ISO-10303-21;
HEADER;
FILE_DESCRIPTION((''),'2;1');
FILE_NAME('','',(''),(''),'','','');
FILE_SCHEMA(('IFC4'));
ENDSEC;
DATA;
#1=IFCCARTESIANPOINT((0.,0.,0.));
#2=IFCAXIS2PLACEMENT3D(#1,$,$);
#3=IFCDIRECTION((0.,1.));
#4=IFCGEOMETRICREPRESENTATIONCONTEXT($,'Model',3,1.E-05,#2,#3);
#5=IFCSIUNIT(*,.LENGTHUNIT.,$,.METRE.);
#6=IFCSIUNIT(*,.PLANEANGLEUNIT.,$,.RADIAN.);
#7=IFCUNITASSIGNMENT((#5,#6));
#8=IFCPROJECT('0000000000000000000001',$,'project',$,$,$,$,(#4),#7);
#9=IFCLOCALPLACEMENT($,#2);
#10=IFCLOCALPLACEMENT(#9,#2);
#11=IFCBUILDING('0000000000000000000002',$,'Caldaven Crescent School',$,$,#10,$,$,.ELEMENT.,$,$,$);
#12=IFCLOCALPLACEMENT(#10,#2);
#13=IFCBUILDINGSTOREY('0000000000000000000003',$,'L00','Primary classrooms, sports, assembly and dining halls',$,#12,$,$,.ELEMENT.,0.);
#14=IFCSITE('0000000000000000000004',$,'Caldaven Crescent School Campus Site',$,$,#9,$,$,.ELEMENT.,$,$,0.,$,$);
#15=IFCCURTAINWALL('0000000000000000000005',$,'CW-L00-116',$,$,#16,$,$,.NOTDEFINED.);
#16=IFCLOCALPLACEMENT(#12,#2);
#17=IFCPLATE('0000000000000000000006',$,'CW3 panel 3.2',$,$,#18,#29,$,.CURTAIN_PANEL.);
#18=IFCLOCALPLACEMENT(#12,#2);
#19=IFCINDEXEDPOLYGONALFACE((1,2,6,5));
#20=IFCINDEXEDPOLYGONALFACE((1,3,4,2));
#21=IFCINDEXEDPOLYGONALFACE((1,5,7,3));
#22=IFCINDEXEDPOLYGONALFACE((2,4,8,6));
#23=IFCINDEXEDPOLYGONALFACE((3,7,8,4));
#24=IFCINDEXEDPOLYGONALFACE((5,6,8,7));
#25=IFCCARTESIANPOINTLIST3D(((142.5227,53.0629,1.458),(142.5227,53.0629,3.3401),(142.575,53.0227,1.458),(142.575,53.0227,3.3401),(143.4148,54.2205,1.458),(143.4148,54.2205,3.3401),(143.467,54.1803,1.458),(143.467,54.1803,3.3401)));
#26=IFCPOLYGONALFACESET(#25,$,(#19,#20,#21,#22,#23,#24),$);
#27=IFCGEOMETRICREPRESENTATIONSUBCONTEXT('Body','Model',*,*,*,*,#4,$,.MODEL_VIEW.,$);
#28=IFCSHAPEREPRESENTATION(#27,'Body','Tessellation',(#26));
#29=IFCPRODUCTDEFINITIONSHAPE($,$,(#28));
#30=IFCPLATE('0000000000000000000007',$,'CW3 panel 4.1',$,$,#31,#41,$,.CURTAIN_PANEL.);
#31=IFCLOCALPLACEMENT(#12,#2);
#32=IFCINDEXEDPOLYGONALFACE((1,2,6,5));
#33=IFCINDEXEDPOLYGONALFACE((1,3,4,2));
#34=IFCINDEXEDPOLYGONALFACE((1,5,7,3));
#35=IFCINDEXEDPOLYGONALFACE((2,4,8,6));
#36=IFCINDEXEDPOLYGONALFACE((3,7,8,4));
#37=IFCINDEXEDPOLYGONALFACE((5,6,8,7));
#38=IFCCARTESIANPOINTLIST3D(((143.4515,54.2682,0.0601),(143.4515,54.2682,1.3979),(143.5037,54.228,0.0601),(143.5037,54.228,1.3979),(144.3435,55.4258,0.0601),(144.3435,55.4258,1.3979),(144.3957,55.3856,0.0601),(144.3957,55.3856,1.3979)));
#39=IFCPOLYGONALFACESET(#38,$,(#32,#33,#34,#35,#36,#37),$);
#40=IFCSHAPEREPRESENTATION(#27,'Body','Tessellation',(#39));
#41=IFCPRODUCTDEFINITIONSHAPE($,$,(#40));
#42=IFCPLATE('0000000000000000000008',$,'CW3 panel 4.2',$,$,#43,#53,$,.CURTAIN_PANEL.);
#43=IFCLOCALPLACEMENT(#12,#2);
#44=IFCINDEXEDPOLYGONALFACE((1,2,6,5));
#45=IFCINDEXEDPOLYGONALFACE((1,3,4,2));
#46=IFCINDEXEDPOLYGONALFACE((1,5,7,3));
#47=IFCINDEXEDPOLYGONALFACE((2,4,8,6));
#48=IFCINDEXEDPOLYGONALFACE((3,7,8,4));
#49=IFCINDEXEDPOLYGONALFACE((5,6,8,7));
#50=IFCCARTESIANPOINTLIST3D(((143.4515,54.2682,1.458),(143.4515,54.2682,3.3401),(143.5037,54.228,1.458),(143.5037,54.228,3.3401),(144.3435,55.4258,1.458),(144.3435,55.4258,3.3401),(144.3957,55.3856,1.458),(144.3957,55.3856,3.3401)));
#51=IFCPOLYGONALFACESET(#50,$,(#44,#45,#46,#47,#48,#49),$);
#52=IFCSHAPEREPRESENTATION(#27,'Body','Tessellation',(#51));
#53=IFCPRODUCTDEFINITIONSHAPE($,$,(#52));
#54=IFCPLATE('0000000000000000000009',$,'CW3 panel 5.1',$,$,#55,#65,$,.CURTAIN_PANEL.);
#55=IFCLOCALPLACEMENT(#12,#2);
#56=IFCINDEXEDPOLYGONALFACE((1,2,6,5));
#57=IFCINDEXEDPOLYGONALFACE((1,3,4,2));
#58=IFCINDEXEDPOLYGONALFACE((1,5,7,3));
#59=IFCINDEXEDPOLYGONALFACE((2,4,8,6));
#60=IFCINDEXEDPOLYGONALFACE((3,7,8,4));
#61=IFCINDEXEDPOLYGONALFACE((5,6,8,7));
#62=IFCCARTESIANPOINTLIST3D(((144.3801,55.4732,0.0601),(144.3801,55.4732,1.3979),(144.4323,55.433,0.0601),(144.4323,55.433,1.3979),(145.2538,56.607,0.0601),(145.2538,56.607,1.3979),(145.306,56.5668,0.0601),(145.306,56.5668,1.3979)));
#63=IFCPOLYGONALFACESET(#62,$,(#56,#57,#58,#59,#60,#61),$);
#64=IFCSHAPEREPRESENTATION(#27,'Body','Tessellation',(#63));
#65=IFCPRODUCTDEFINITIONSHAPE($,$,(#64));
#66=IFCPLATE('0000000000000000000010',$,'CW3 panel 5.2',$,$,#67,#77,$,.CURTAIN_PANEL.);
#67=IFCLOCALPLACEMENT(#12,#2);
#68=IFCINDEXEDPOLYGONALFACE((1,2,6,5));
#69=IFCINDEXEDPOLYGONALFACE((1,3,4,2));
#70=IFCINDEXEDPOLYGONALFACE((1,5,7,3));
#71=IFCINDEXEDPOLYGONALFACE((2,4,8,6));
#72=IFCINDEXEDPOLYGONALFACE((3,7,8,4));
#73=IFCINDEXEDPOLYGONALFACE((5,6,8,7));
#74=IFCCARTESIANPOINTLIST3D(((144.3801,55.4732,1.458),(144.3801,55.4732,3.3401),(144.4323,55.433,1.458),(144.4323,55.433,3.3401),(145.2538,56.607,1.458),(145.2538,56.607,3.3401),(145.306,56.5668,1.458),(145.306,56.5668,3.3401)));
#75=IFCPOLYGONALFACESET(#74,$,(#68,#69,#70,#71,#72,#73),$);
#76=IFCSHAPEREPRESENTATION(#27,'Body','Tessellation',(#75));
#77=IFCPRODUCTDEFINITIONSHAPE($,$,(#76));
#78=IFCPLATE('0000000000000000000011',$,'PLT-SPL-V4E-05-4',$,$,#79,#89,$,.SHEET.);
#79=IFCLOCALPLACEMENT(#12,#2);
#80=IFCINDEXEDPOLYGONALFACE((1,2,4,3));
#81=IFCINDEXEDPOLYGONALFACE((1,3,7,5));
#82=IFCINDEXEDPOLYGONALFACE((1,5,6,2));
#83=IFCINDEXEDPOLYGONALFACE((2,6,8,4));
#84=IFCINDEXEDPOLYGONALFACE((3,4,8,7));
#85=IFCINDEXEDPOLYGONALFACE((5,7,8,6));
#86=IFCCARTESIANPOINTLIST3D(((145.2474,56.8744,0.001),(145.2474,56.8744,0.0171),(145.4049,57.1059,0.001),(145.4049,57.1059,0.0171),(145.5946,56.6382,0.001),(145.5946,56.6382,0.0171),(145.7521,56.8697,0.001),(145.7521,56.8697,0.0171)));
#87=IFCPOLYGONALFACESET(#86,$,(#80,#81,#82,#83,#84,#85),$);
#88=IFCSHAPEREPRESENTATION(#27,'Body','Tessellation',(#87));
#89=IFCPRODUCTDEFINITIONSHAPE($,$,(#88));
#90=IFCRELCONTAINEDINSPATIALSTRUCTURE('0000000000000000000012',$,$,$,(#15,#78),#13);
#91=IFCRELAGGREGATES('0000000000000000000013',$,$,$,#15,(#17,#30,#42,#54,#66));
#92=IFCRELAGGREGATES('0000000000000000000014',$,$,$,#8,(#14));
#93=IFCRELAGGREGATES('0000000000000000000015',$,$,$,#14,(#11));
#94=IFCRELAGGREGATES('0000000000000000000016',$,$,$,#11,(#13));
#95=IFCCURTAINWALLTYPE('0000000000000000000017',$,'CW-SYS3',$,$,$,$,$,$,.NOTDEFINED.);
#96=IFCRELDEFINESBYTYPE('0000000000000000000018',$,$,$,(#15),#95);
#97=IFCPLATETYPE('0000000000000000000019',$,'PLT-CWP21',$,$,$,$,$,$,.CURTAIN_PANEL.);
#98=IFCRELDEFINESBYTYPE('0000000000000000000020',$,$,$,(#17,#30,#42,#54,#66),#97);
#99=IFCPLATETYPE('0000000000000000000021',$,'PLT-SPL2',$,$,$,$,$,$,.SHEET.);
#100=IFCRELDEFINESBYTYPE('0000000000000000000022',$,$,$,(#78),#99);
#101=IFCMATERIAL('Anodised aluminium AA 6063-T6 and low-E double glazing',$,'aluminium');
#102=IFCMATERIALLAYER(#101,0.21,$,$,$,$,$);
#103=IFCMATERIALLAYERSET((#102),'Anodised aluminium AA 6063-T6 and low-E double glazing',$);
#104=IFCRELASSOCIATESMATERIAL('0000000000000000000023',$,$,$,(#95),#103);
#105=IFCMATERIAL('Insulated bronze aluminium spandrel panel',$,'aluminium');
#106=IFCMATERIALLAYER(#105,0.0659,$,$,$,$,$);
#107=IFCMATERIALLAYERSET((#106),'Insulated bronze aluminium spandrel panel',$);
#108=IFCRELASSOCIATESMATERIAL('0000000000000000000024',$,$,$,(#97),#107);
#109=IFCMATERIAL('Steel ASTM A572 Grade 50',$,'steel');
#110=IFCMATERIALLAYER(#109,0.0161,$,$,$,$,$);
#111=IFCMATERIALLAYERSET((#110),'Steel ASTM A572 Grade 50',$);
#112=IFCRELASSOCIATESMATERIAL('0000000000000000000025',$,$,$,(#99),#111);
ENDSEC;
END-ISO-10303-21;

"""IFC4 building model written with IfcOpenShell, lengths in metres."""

from ifc_helpers import new_model, si_unit, direction, frame, origin, origin_2d, place, context, subcontext, project, spatial, rectangle, extrude, material, layer, layer_set, type_object, element, aggregate, save


model = new_model("IFC4")

# Units and contexts
model_context = context("Model", 3, precision=1e-05, world=origin(), true_north=direction((0.0, 1.0)))
body_context = subcontext(model_context, "Body", "Model", "MODEL_VIEW")
ifc_project = project(units=[si_unit("LENGTHUNIT", "METRE"), si_unit("PLANEANGLEUNIT", "RADIAN")], contexts=[model_context])

# Site, building, storey
site_placement = place(None, origin())
site = spatial("IfcSite", under=ifc_project, at=site_placement, Name="Caldaven Crescent School Campus Site", CompositionType="ELEMENT", RefElevation=0.0)
building_placement = place(site_placement, origin())
building = spatial("IfcBuilding", under=site, at=building_placement, Name="Caldaven Crescent School", CompositionType="ELEMENT")
storey_placement = place(building_placement, origin())
storey = spatial("IfcBuildingStorey", under=building, at=storey_placement, Name="L00", Description="Primary classrooms, sports, assembly and dining halls", CompositionType="ELEMENT", Elevation=0.0)

# Curtain wall, plates
ifc_material_1 = material(Name="Anodised aluminium AA 6063-T6 and low-E double glazing", Category="aluminium")
ifc_layer_1 = layer(ifc_material_1, 0.21)
ifc_layer_set_1 = layer_set([ifc_layer_1], Name="Anodised aluminium AA 6063-T6 and low-E double glazing")
curtain_wall_type = type_object("IfcCurtainWallType", Name="CW-SYS3", PredefinedType="NOTDEFINED", material=ifc_layer_set_1)
curtain_wall_placement = place(storey_placement, origin())
curtain_wall = element("IfcCurtainWall", 1, at=curtain_wall_placement, inside=storey, type_object=curtain_wall_type, Name="CW-L00-116", PredefinedType="NOTDEFINED")
ifc_material_2 = material(Name="Insulated bronze aluminium spandrel panel", Category="aluminium")
ifc_layer_2 = layer(ifc_material_2, 0.0659)
ifc_layer_set_2 = layer_set([ifc_layer_2], Name="Insulated bronze aluminium spandrel panel")
plate_type_1 = type_object("IfcPlateType", Name="PLT-CWP21", PredefinedType="CURTAIN_PANEL", material=ifc_layer_set_2)
plate_1_placement = place(storey_placement, frame((142.9949, 53.6216, 1.458), z_axis=(0.0, 0.0, 1.0), x_axis=(0.610386, 0.792104, 0.0)))
plate_1 = element("IfcPlate", 2, at=plate_1_placement, type_object=plate_type_1, Name="CW3 panel 3.2", PredefinedType="CURTAIN_PANEL", context=body_context, shape_type="SweptSolid", body=[
    extrude(rectangle(XDim=1.4614, YDim=0.0659, at=origin_2d()), origin(), (0.0, 0.0, 1.0), 1.8821),
])
plate_2_placement = place(storey_placement, frame((143.9236, 54.8269, 0.0601), z_axis=(0.0, 0.0, 1.0), x_axis=(0.610386, 0.792104, 0.0)))
plate_2 = element("IfcPlate", 3, at=plate_2_placement, type_object=plate_type_1, Name="CW3 panel 4.1", PredefinedType="CURTAIN_PANEL", context=body_context, shape_type="SweptSolid", body=[
    extrude(rectangle(XDim=1.4614, YDim=0.0659, at=origin_2d()), origin(), (0.0, 0.0, 1.0), 1.3379),
])
plate_3_placement = place(storey_placement, frame((143.9236, 54.8269, 1.458), z_axis=(0.0, 0.0, 1.0), x_axis=(0.610386, 0.792104, 0.0)))
plate_3 = element("IfcPlate", 4, at=plate_3_placement, type_object=plate_type_1, Name="CW3 panel 4.2", PredefinedType="CURTAIN_PANEL", context=body_context, shape_type="SweptSolid", body=[
    extrude(rectangle(XDim=1.4614, YDim=0.0659, at=origin_2d()), origin(), (0.0, 0.0, 1.0), 1.8821),
])
plate_4_placement = place(storey_placement, frame((144.843, 56.02, 0.0601), z_axis=(0.0, 0.0, 1.0), x_axis=(0.610386, 0.792104, 0.0)))
plate_4 = element("IfcPlate", 5, at=plate_4_placement, type_object=plate_type_1, Name="CW3 panel 5.1", PredefinedType="CURTAIN_PANEL", context=body_context, shape_type="SweptSolid", body=[
    extrude(rectangle(XDim=1.4314, YDim=0.0659, at=origin_2d()), origin(), (0.0, 0.0, 1.0), 1.3379),
])
plate_5_placement = place(storey_placement, frame((144.843, 56.02, 1.458), z_axis=(0.0, 0.0, 1.0), x_axis=(0.610386, 0.792104, 0.0)))
plate_5 = element("IfcPlate", 6, at=plate_5_placement, type_object=plate_type_1, Name="CW3 panel 5.2", PredefinedType="CURTAIN_PANEL", context=body_context, shape_type="SweptSolid", body=[
    extrude(rectangle(XDim=1.4314, YDim=0.0659, at=origin_2d()), origin(), (0.0, 0.0, 1.0), 1.8821),
])
aggregate(curtain_wall, [plate_1, plate_2, plate_3, plate_4, plate_5])

# Plate
ifc_material_3 = material(Name="Steel ASTM A572 Grade 50", Category="steel")
ifc_layer_3 = layer(ifc_material_3, 0.0161)
ifc_layer_set_3 = layer_set([ifc_layer_3], Name="Steel ASTM A572 Grade 50")
plate_type_2 = type_object("IfcPlateType", Name="PLT-SPL2", PredefinedType="SHEET", material=ifc_layer_set_3)
plate_6_placement = place(storey_placement, frame((145.4998, 56.8721, 0.001), z_axis=(0.0, 0.0, 1.0), x_axis=(0.826786, -0.562516, 0.0)))
element("IfcPlate", 7, at=plate_6_placement, inside=storey, type_object=plate_type_2, Name="PLT-SPL-V4E-05-4", PredefinedType="SHEET", context=body_context, shape_type="SweptSolid", body=[
    extrude(rectangle(XDim=0.4199, YDim=0.28, at=origin_2d()), origin(), (0.0, 0.0, 1.0), 0.0161),
])

save(model, "model.ifc")
